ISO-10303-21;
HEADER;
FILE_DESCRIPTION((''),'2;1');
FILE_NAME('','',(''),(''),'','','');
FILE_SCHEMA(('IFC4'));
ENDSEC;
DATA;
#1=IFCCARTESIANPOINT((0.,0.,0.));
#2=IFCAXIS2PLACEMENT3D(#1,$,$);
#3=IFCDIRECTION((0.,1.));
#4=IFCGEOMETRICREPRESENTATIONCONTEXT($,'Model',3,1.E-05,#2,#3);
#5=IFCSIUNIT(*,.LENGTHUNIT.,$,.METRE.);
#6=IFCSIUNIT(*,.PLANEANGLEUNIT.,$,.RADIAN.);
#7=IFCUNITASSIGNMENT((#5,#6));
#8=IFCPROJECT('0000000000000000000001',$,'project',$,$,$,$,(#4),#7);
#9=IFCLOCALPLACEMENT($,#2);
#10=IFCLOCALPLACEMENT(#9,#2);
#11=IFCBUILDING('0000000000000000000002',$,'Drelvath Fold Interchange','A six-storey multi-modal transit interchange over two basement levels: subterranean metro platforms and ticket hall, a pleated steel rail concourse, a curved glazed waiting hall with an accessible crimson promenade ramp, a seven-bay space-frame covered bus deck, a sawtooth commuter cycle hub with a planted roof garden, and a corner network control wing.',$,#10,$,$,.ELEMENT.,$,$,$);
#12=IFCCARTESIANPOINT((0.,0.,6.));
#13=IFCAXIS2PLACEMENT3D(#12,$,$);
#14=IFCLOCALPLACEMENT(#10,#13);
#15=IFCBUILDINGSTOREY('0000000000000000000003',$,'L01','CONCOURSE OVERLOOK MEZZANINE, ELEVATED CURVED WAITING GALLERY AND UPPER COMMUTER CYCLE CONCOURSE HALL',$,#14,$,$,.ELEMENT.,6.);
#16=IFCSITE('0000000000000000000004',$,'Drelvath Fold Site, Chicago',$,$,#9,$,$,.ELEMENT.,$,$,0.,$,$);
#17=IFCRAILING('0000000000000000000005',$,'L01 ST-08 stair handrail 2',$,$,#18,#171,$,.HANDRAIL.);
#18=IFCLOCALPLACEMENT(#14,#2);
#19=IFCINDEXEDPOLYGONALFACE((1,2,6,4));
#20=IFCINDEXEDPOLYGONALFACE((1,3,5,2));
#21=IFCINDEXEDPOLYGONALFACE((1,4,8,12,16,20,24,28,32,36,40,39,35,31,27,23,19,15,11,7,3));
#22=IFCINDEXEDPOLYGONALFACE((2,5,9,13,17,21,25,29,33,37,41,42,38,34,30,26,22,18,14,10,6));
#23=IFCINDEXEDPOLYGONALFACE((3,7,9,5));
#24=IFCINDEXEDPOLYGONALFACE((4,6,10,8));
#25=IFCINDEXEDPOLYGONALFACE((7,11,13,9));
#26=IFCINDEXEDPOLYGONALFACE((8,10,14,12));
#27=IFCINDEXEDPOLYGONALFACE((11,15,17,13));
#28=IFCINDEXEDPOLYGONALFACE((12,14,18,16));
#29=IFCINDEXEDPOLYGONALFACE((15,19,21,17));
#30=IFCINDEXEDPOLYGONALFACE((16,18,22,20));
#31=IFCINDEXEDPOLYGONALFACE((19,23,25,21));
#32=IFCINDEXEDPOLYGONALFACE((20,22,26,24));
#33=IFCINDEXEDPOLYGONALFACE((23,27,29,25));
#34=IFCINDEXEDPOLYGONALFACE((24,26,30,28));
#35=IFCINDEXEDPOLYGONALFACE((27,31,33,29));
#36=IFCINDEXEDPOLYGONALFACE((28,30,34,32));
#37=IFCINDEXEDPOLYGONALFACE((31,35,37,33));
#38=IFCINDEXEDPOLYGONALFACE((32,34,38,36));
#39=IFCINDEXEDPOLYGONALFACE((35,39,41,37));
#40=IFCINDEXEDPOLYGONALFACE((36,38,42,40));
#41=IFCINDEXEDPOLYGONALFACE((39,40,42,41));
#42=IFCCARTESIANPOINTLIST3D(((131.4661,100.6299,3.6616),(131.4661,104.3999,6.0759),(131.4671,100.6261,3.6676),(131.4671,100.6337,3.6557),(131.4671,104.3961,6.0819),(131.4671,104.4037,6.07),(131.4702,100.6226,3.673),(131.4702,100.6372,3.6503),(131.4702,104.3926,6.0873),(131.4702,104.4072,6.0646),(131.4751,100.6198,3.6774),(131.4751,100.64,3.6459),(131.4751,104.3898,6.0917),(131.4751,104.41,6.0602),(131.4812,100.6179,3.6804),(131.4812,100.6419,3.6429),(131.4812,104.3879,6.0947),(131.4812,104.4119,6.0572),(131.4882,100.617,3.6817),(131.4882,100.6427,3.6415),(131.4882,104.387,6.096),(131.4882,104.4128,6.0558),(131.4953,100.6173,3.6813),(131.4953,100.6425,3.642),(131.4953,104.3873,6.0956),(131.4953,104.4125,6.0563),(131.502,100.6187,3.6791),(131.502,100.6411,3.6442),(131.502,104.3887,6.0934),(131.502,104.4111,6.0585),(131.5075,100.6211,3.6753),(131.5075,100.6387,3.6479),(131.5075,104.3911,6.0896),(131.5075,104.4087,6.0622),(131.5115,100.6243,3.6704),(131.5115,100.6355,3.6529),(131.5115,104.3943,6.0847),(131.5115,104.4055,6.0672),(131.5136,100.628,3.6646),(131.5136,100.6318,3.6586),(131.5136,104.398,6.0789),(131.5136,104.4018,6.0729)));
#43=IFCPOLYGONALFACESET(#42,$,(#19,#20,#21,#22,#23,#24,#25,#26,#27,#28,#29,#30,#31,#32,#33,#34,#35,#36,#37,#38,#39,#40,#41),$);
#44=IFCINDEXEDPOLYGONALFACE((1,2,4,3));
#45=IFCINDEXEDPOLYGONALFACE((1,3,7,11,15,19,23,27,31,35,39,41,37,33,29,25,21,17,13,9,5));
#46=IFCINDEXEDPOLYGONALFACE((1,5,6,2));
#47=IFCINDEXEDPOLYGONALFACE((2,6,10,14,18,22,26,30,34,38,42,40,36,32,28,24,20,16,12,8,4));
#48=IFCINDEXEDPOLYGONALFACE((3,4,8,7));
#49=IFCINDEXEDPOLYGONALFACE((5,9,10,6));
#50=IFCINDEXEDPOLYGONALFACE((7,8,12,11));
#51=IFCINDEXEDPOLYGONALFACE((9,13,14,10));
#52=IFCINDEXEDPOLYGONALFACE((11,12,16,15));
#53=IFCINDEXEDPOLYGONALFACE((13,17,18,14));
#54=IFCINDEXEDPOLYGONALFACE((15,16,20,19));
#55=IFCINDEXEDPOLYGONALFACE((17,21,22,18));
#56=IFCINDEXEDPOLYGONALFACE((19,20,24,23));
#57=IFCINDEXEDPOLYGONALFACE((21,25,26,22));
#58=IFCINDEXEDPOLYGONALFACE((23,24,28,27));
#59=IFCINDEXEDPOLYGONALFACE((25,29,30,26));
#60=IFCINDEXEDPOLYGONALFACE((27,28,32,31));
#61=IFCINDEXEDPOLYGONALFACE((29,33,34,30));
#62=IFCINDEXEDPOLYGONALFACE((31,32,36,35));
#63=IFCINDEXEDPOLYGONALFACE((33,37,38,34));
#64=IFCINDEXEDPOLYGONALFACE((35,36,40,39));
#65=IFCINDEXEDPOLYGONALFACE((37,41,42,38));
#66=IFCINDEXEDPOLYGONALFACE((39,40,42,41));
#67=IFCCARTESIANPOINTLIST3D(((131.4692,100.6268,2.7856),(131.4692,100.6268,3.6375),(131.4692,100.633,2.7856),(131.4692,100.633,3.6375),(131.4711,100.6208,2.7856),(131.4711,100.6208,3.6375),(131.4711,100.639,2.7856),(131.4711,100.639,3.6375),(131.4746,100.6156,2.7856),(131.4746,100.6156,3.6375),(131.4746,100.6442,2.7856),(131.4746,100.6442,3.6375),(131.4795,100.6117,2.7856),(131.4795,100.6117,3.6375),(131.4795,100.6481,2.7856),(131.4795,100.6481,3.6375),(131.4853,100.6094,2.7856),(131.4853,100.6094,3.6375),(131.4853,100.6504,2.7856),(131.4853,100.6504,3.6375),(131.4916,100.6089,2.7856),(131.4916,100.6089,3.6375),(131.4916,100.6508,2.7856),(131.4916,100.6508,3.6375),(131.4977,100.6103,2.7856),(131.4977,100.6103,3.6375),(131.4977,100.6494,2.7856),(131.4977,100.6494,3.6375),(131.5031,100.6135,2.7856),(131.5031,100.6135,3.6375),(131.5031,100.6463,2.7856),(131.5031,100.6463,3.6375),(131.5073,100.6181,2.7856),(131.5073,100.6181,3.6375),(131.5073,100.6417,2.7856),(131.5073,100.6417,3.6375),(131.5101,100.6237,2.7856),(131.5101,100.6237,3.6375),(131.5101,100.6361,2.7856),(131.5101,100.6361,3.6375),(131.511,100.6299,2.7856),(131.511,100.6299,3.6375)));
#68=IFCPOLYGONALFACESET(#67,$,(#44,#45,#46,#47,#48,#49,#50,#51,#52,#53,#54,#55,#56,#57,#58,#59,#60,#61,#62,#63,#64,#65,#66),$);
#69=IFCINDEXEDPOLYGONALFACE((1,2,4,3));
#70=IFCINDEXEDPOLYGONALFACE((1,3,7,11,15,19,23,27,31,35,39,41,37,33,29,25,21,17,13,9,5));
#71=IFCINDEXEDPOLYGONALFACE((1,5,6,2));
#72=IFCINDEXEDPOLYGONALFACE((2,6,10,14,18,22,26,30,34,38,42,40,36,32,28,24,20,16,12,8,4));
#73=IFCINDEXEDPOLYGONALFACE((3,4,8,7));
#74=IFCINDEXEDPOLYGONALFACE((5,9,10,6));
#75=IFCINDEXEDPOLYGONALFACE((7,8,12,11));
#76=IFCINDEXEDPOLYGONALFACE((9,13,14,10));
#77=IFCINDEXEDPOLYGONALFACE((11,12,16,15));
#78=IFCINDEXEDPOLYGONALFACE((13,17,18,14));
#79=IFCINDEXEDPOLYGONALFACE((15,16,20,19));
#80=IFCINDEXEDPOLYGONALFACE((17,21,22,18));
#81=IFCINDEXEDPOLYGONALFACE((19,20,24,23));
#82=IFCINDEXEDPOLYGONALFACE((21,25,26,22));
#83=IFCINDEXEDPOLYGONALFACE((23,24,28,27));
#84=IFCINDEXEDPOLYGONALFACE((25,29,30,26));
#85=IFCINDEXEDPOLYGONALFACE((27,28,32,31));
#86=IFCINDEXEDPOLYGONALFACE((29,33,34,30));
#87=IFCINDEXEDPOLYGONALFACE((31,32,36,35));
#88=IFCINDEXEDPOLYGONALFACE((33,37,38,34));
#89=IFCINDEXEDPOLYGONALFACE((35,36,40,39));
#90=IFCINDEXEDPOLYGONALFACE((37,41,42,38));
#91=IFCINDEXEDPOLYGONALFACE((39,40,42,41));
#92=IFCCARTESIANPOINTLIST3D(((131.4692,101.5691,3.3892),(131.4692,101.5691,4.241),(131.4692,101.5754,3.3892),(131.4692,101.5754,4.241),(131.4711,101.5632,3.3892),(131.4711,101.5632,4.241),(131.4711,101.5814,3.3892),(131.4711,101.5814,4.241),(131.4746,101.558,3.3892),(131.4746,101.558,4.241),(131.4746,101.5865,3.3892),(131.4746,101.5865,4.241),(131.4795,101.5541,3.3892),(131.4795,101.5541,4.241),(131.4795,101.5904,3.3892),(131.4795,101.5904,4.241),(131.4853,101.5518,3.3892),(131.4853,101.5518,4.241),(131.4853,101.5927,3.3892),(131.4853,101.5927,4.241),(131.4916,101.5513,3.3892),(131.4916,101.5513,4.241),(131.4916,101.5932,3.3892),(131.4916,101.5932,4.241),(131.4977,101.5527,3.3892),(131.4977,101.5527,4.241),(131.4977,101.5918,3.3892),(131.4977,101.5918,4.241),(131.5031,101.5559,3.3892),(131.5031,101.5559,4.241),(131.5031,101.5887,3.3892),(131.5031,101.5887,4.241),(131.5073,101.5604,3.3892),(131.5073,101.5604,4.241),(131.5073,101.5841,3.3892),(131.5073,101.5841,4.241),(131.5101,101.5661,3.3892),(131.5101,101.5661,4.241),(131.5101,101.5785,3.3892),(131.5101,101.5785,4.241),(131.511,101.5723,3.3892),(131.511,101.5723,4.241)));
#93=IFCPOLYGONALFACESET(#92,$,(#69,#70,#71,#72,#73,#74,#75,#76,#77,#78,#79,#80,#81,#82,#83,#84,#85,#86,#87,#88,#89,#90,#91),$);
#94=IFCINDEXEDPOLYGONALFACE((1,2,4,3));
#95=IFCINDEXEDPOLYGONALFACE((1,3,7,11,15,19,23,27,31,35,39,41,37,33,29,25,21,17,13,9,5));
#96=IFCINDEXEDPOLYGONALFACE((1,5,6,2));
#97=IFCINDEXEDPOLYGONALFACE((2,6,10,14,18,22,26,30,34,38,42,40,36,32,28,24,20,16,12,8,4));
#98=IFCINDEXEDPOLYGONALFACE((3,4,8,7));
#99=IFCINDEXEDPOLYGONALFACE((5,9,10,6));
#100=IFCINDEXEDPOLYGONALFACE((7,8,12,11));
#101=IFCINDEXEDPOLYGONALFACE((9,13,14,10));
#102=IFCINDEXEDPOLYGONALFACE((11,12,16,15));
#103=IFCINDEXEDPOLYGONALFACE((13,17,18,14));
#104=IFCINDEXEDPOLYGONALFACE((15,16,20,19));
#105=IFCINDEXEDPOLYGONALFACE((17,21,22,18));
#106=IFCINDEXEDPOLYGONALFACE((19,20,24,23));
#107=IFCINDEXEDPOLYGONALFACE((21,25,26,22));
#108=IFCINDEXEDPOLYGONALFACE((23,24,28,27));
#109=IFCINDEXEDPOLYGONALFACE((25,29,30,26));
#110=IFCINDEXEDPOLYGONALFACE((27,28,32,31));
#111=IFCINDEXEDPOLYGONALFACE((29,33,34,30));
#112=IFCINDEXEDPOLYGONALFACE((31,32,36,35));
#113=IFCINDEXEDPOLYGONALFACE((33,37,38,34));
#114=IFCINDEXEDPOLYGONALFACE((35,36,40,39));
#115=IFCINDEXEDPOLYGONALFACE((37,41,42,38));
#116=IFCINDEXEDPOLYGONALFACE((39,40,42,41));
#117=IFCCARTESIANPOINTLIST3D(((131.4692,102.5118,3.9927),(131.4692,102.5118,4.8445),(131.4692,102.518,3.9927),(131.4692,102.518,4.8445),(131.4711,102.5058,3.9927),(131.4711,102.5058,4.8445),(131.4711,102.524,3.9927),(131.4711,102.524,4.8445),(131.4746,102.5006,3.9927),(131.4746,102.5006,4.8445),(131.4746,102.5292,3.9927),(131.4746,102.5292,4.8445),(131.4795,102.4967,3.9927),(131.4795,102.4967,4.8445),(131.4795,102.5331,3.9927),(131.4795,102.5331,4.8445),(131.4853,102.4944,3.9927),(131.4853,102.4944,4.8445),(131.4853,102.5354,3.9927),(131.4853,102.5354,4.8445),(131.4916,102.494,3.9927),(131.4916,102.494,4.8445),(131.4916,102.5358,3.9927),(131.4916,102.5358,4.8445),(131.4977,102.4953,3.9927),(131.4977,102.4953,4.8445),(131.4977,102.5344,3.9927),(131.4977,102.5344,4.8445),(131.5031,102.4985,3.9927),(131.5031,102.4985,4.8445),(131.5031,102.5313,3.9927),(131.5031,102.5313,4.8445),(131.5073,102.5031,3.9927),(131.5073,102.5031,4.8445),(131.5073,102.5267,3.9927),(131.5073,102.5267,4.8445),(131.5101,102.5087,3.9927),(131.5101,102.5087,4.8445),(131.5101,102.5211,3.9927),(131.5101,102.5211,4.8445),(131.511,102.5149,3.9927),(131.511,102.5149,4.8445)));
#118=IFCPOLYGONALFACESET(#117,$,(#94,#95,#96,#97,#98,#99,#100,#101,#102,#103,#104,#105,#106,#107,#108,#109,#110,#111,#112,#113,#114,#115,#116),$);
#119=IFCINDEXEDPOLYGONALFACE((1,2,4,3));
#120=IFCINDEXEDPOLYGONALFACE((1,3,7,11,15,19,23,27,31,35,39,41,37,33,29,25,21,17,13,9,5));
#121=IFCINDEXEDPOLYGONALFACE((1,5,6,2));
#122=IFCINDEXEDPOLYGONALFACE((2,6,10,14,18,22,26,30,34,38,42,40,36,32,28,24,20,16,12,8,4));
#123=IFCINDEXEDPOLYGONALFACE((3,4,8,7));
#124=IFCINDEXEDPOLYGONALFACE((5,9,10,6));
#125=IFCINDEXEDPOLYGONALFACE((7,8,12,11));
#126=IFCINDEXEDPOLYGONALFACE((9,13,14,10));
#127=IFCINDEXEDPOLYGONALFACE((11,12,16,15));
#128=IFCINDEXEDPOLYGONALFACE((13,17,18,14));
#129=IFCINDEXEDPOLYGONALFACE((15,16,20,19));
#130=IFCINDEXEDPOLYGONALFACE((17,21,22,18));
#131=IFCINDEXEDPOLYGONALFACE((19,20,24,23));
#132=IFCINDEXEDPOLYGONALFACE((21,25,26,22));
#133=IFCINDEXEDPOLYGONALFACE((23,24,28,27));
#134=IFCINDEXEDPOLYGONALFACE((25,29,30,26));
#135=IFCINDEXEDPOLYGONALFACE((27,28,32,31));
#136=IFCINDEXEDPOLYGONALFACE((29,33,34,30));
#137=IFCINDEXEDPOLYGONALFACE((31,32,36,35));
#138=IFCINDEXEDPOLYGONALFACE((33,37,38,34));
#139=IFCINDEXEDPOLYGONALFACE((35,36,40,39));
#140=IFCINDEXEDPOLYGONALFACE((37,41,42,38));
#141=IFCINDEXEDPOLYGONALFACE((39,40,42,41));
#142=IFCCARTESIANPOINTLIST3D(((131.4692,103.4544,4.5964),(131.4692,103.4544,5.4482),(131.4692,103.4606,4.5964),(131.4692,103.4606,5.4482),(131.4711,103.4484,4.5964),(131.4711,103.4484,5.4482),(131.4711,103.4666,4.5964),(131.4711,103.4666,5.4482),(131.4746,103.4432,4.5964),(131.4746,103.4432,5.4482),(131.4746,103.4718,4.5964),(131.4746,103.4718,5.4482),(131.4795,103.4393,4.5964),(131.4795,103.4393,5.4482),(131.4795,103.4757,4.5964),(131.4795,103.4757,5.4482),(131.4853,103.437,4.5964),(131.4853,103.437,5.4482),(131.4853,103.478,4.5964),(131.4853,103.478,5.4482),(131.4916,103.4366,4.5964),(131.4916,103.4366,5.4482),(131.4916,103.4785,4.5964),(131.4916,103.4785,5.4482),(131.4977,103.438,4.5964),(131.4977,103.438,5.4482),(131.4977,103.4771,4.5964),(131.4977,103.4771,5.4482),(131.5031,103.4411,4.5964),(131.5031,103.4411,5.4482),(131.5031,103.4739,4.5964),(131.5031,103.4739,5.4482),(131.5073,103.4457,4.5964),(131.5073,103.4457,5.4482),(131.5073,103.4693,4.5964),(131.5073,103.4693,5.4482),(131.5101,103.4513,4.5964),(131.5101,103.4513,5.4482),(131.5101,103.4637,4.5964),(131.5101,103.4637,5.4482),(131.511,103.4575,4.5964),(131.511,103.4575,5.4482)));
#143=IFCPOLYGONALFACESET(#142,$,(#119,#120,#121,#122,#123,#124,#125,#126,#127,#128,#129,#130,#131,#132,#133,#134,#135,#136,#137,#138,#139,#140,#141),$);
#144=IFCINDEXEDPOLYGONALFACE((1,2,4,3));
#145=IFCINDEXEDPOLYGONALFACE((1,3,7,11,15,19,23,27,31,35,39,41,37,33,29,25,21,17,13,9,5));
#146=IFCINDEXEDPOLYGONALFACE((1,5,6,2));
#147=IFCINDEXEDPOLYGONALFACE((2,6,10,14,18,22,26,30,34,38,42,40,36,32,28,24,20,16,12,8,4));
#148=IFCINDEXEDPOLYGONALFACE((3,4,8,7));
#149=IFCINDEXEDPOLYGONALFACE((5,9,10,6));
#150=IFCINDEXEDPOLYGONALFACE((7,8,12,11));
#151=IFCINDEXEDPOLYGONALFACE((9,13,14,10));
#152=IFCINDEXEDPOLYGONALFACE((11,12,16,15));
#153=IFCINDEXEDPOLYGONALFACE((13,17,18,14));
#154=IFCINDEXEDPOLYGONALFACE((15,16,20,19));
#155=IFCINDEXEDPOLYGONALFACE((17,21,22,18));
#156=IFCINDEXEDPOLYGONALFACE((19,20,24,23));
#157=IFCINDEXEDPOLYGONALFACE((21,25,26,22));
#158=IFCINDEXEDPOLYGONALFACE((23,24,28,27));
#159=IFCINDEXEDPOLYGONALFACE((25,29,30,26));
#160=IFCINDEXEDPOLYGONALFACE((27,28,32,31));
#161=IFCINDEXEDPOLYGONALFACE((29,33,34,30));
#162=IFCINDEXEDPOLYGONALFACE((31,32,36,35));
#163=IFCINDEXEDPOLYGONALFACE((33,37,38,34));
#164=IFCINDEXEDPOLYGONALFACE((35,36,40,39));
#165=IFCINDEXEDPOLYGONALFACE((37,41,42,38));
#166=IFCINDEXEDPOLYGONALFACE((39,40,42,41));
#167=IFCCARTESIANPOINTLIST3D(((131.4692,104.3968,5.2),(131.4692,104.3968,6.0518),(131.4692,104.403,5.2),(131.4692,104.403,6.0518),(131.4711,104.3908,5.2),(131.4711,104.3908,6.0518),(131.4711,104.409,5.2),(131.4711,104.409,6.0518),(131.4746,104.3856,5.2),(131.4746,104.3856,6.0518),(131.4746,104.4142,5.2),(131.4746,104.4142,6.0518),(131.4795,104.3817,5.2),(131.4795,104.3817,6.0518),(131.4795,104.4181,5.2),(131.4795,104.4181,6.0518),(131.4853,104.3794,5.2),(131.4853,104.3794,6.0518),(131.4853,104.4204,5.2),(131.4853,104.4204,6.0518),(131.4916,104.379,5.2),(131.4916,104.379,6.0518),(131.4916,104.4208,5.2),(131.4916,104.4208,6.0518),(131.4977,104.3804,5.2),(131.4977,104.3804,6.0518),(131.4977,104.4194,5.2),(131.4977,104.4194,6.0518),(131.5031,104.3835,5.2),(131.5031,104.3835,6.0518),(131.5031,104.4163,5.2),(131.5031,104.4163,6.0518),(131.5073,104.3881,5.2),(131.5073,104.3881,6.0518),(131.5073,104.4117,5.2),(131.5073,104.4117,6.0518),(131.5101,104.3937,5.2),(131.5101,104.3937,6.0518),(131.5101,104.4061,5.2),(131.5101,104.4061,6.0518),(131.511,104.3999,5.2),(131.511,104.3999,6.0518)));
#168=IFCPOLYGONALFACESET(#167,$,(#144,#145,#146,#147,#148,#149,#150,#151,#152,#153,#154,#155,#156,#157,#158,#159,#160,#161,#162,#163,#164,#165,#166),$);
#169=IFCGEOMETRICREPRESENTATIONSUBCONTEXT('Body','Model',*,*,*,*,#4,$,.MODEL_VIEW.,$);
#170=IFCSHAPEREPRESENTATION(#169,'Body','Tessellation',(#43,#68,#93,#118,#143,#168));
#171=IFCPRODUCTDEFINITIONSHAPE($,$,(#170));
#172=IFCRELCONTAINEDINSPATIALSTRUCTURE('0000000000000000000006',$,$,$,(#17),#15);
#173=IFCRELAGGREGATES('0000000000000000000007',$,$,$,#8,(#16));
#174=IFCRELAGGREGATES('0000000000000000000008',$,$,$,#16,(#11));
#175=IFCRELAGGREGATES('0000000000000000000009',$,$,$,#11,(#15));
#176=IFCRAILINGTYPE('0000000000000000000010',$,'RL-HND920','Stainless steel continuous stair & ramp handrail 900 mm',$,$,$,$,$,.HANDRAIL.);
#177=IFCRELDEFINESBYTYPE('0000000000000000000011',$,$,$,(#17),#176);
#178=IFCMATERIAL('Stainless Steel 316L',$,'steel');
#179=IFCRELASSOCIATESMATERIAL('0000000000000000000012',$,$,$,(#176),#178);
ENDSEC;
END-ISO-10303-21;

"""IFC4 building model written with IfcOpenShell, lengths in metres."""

from ifc_helpers import new_model, si_unit, direction, frame, origin, origin_2d, place, context, subcontext, project, spatial, circle, extrude, material, type_object, element, save


model = new_model("IFC4")

# Units and contexts
model_context = context("Model", 3, precision=1e-05, world=origin(), true_north=direction((0.0, 1.0)))
body_context = subcontext(model_context, "Body", "Model", "MODEL_VIEW")
ifc_project = project(units=[si_unit("LENGTHUNIT", "METRE"), si_unit("PLANEANGLEUNIT", "RADIAN")], contexts=[model_context])

# Site, building, storey
site_placement = place(None, origin())
site = spatial("IfcSite", under=ifc_project, at=site_placement, Name="Drelvath Fold Site, Chicago", CompositionType="ELEMENT", RefElevation=0.0)
building_placement = place(site_placement, origin())
building = spatial("IfcBuilding", under=site, at=building_placement, Name="Drelvath Fold Interchange", Description="A six-storey multi-modal transit interchange over two basement levels: subterranean metro platforms and ticket hall, a pleated steel rail concourse, a curved glazed waiting hall with an accessible crimson promenade ramp, a seven-bay space-frame covered bus deck, a sawtooth commuter cycle hub with a planted roof garden, and a corner network control wing.", CompositionType="ELEMENT")
storey_placement = place(building_placement, frame((0.0, 0.0, 6.0)))
storey = spatial("IfcBuildingStorey", under=building, at=storey_placement, Name="L01", Description="CONCOURSE OVERLOOK MEZZANINE, ELEVATED CURVED WAITING GALLERY AND UPPER COMMUTER CYCLE CONCOURSE HALL", CompositionType="ELEMENT", Elevation=6.0)

# Railing
ifc_material_1 = material(Name="Stainless Steel 316L", Category="steel")
railing_type_1 = type_object("IfcRailingType", Name="RL-HND920", Description="Stainless steel continuous stair & ramp handrail 900 mm", PredefinedType="HANDRAIL", material=ifc_material_1)
railing_1_placement = place(storey_placement, frame((131.49, 100.6299, 2.7856)))
element("IfcRailing", 1, at=railing_1_placement, inside=storey, type_object=railing_type_1, Name="L01 ST-08 stair handrail 2", PredefinedType="HANDRAIL", context=body_context, shape_type="SweptSolid", body=[
    extrude(circle(Radius=0.0239, at=origin_2d()), frame((0.0, 0.0, 0.876), z_axis=(0.0, 0.84212, 0.53929), x_axis=(-1.0, 0.0, 0.0)), (0.0, 0.0, 1.0), 4.4768),
    extrude(circle(Radius=0.021, at=origin_2d()), origin(), (0.0, 0.0, 1.0), 0.8518),
    extrude(circle(Radius=0.021, at=origin_2d()), frame((0.0, 0.9424, 0.6035)), (0.0, 0.0, 1.0), 0.8518),
    extrude(circle(Radius=0.021, at=origin_2d()), frame((0.0, 1.885, 1.207)), (0.0, 0.0, 1.0), 0.8518),
    extrude(circle(Radius=0.021, at=origin_2d()), frame((0.0, 2.8276, 1.8108)), (0.0, 0.0, 1.0), 0.8518),
    extrude(circle(Radius=0.021, at=origin_2d()), frame((0.0, 3.77, 2.4143)), (0.0, 0.0, 1.0), 0.8518),
])

save(model, "model.ifc")
